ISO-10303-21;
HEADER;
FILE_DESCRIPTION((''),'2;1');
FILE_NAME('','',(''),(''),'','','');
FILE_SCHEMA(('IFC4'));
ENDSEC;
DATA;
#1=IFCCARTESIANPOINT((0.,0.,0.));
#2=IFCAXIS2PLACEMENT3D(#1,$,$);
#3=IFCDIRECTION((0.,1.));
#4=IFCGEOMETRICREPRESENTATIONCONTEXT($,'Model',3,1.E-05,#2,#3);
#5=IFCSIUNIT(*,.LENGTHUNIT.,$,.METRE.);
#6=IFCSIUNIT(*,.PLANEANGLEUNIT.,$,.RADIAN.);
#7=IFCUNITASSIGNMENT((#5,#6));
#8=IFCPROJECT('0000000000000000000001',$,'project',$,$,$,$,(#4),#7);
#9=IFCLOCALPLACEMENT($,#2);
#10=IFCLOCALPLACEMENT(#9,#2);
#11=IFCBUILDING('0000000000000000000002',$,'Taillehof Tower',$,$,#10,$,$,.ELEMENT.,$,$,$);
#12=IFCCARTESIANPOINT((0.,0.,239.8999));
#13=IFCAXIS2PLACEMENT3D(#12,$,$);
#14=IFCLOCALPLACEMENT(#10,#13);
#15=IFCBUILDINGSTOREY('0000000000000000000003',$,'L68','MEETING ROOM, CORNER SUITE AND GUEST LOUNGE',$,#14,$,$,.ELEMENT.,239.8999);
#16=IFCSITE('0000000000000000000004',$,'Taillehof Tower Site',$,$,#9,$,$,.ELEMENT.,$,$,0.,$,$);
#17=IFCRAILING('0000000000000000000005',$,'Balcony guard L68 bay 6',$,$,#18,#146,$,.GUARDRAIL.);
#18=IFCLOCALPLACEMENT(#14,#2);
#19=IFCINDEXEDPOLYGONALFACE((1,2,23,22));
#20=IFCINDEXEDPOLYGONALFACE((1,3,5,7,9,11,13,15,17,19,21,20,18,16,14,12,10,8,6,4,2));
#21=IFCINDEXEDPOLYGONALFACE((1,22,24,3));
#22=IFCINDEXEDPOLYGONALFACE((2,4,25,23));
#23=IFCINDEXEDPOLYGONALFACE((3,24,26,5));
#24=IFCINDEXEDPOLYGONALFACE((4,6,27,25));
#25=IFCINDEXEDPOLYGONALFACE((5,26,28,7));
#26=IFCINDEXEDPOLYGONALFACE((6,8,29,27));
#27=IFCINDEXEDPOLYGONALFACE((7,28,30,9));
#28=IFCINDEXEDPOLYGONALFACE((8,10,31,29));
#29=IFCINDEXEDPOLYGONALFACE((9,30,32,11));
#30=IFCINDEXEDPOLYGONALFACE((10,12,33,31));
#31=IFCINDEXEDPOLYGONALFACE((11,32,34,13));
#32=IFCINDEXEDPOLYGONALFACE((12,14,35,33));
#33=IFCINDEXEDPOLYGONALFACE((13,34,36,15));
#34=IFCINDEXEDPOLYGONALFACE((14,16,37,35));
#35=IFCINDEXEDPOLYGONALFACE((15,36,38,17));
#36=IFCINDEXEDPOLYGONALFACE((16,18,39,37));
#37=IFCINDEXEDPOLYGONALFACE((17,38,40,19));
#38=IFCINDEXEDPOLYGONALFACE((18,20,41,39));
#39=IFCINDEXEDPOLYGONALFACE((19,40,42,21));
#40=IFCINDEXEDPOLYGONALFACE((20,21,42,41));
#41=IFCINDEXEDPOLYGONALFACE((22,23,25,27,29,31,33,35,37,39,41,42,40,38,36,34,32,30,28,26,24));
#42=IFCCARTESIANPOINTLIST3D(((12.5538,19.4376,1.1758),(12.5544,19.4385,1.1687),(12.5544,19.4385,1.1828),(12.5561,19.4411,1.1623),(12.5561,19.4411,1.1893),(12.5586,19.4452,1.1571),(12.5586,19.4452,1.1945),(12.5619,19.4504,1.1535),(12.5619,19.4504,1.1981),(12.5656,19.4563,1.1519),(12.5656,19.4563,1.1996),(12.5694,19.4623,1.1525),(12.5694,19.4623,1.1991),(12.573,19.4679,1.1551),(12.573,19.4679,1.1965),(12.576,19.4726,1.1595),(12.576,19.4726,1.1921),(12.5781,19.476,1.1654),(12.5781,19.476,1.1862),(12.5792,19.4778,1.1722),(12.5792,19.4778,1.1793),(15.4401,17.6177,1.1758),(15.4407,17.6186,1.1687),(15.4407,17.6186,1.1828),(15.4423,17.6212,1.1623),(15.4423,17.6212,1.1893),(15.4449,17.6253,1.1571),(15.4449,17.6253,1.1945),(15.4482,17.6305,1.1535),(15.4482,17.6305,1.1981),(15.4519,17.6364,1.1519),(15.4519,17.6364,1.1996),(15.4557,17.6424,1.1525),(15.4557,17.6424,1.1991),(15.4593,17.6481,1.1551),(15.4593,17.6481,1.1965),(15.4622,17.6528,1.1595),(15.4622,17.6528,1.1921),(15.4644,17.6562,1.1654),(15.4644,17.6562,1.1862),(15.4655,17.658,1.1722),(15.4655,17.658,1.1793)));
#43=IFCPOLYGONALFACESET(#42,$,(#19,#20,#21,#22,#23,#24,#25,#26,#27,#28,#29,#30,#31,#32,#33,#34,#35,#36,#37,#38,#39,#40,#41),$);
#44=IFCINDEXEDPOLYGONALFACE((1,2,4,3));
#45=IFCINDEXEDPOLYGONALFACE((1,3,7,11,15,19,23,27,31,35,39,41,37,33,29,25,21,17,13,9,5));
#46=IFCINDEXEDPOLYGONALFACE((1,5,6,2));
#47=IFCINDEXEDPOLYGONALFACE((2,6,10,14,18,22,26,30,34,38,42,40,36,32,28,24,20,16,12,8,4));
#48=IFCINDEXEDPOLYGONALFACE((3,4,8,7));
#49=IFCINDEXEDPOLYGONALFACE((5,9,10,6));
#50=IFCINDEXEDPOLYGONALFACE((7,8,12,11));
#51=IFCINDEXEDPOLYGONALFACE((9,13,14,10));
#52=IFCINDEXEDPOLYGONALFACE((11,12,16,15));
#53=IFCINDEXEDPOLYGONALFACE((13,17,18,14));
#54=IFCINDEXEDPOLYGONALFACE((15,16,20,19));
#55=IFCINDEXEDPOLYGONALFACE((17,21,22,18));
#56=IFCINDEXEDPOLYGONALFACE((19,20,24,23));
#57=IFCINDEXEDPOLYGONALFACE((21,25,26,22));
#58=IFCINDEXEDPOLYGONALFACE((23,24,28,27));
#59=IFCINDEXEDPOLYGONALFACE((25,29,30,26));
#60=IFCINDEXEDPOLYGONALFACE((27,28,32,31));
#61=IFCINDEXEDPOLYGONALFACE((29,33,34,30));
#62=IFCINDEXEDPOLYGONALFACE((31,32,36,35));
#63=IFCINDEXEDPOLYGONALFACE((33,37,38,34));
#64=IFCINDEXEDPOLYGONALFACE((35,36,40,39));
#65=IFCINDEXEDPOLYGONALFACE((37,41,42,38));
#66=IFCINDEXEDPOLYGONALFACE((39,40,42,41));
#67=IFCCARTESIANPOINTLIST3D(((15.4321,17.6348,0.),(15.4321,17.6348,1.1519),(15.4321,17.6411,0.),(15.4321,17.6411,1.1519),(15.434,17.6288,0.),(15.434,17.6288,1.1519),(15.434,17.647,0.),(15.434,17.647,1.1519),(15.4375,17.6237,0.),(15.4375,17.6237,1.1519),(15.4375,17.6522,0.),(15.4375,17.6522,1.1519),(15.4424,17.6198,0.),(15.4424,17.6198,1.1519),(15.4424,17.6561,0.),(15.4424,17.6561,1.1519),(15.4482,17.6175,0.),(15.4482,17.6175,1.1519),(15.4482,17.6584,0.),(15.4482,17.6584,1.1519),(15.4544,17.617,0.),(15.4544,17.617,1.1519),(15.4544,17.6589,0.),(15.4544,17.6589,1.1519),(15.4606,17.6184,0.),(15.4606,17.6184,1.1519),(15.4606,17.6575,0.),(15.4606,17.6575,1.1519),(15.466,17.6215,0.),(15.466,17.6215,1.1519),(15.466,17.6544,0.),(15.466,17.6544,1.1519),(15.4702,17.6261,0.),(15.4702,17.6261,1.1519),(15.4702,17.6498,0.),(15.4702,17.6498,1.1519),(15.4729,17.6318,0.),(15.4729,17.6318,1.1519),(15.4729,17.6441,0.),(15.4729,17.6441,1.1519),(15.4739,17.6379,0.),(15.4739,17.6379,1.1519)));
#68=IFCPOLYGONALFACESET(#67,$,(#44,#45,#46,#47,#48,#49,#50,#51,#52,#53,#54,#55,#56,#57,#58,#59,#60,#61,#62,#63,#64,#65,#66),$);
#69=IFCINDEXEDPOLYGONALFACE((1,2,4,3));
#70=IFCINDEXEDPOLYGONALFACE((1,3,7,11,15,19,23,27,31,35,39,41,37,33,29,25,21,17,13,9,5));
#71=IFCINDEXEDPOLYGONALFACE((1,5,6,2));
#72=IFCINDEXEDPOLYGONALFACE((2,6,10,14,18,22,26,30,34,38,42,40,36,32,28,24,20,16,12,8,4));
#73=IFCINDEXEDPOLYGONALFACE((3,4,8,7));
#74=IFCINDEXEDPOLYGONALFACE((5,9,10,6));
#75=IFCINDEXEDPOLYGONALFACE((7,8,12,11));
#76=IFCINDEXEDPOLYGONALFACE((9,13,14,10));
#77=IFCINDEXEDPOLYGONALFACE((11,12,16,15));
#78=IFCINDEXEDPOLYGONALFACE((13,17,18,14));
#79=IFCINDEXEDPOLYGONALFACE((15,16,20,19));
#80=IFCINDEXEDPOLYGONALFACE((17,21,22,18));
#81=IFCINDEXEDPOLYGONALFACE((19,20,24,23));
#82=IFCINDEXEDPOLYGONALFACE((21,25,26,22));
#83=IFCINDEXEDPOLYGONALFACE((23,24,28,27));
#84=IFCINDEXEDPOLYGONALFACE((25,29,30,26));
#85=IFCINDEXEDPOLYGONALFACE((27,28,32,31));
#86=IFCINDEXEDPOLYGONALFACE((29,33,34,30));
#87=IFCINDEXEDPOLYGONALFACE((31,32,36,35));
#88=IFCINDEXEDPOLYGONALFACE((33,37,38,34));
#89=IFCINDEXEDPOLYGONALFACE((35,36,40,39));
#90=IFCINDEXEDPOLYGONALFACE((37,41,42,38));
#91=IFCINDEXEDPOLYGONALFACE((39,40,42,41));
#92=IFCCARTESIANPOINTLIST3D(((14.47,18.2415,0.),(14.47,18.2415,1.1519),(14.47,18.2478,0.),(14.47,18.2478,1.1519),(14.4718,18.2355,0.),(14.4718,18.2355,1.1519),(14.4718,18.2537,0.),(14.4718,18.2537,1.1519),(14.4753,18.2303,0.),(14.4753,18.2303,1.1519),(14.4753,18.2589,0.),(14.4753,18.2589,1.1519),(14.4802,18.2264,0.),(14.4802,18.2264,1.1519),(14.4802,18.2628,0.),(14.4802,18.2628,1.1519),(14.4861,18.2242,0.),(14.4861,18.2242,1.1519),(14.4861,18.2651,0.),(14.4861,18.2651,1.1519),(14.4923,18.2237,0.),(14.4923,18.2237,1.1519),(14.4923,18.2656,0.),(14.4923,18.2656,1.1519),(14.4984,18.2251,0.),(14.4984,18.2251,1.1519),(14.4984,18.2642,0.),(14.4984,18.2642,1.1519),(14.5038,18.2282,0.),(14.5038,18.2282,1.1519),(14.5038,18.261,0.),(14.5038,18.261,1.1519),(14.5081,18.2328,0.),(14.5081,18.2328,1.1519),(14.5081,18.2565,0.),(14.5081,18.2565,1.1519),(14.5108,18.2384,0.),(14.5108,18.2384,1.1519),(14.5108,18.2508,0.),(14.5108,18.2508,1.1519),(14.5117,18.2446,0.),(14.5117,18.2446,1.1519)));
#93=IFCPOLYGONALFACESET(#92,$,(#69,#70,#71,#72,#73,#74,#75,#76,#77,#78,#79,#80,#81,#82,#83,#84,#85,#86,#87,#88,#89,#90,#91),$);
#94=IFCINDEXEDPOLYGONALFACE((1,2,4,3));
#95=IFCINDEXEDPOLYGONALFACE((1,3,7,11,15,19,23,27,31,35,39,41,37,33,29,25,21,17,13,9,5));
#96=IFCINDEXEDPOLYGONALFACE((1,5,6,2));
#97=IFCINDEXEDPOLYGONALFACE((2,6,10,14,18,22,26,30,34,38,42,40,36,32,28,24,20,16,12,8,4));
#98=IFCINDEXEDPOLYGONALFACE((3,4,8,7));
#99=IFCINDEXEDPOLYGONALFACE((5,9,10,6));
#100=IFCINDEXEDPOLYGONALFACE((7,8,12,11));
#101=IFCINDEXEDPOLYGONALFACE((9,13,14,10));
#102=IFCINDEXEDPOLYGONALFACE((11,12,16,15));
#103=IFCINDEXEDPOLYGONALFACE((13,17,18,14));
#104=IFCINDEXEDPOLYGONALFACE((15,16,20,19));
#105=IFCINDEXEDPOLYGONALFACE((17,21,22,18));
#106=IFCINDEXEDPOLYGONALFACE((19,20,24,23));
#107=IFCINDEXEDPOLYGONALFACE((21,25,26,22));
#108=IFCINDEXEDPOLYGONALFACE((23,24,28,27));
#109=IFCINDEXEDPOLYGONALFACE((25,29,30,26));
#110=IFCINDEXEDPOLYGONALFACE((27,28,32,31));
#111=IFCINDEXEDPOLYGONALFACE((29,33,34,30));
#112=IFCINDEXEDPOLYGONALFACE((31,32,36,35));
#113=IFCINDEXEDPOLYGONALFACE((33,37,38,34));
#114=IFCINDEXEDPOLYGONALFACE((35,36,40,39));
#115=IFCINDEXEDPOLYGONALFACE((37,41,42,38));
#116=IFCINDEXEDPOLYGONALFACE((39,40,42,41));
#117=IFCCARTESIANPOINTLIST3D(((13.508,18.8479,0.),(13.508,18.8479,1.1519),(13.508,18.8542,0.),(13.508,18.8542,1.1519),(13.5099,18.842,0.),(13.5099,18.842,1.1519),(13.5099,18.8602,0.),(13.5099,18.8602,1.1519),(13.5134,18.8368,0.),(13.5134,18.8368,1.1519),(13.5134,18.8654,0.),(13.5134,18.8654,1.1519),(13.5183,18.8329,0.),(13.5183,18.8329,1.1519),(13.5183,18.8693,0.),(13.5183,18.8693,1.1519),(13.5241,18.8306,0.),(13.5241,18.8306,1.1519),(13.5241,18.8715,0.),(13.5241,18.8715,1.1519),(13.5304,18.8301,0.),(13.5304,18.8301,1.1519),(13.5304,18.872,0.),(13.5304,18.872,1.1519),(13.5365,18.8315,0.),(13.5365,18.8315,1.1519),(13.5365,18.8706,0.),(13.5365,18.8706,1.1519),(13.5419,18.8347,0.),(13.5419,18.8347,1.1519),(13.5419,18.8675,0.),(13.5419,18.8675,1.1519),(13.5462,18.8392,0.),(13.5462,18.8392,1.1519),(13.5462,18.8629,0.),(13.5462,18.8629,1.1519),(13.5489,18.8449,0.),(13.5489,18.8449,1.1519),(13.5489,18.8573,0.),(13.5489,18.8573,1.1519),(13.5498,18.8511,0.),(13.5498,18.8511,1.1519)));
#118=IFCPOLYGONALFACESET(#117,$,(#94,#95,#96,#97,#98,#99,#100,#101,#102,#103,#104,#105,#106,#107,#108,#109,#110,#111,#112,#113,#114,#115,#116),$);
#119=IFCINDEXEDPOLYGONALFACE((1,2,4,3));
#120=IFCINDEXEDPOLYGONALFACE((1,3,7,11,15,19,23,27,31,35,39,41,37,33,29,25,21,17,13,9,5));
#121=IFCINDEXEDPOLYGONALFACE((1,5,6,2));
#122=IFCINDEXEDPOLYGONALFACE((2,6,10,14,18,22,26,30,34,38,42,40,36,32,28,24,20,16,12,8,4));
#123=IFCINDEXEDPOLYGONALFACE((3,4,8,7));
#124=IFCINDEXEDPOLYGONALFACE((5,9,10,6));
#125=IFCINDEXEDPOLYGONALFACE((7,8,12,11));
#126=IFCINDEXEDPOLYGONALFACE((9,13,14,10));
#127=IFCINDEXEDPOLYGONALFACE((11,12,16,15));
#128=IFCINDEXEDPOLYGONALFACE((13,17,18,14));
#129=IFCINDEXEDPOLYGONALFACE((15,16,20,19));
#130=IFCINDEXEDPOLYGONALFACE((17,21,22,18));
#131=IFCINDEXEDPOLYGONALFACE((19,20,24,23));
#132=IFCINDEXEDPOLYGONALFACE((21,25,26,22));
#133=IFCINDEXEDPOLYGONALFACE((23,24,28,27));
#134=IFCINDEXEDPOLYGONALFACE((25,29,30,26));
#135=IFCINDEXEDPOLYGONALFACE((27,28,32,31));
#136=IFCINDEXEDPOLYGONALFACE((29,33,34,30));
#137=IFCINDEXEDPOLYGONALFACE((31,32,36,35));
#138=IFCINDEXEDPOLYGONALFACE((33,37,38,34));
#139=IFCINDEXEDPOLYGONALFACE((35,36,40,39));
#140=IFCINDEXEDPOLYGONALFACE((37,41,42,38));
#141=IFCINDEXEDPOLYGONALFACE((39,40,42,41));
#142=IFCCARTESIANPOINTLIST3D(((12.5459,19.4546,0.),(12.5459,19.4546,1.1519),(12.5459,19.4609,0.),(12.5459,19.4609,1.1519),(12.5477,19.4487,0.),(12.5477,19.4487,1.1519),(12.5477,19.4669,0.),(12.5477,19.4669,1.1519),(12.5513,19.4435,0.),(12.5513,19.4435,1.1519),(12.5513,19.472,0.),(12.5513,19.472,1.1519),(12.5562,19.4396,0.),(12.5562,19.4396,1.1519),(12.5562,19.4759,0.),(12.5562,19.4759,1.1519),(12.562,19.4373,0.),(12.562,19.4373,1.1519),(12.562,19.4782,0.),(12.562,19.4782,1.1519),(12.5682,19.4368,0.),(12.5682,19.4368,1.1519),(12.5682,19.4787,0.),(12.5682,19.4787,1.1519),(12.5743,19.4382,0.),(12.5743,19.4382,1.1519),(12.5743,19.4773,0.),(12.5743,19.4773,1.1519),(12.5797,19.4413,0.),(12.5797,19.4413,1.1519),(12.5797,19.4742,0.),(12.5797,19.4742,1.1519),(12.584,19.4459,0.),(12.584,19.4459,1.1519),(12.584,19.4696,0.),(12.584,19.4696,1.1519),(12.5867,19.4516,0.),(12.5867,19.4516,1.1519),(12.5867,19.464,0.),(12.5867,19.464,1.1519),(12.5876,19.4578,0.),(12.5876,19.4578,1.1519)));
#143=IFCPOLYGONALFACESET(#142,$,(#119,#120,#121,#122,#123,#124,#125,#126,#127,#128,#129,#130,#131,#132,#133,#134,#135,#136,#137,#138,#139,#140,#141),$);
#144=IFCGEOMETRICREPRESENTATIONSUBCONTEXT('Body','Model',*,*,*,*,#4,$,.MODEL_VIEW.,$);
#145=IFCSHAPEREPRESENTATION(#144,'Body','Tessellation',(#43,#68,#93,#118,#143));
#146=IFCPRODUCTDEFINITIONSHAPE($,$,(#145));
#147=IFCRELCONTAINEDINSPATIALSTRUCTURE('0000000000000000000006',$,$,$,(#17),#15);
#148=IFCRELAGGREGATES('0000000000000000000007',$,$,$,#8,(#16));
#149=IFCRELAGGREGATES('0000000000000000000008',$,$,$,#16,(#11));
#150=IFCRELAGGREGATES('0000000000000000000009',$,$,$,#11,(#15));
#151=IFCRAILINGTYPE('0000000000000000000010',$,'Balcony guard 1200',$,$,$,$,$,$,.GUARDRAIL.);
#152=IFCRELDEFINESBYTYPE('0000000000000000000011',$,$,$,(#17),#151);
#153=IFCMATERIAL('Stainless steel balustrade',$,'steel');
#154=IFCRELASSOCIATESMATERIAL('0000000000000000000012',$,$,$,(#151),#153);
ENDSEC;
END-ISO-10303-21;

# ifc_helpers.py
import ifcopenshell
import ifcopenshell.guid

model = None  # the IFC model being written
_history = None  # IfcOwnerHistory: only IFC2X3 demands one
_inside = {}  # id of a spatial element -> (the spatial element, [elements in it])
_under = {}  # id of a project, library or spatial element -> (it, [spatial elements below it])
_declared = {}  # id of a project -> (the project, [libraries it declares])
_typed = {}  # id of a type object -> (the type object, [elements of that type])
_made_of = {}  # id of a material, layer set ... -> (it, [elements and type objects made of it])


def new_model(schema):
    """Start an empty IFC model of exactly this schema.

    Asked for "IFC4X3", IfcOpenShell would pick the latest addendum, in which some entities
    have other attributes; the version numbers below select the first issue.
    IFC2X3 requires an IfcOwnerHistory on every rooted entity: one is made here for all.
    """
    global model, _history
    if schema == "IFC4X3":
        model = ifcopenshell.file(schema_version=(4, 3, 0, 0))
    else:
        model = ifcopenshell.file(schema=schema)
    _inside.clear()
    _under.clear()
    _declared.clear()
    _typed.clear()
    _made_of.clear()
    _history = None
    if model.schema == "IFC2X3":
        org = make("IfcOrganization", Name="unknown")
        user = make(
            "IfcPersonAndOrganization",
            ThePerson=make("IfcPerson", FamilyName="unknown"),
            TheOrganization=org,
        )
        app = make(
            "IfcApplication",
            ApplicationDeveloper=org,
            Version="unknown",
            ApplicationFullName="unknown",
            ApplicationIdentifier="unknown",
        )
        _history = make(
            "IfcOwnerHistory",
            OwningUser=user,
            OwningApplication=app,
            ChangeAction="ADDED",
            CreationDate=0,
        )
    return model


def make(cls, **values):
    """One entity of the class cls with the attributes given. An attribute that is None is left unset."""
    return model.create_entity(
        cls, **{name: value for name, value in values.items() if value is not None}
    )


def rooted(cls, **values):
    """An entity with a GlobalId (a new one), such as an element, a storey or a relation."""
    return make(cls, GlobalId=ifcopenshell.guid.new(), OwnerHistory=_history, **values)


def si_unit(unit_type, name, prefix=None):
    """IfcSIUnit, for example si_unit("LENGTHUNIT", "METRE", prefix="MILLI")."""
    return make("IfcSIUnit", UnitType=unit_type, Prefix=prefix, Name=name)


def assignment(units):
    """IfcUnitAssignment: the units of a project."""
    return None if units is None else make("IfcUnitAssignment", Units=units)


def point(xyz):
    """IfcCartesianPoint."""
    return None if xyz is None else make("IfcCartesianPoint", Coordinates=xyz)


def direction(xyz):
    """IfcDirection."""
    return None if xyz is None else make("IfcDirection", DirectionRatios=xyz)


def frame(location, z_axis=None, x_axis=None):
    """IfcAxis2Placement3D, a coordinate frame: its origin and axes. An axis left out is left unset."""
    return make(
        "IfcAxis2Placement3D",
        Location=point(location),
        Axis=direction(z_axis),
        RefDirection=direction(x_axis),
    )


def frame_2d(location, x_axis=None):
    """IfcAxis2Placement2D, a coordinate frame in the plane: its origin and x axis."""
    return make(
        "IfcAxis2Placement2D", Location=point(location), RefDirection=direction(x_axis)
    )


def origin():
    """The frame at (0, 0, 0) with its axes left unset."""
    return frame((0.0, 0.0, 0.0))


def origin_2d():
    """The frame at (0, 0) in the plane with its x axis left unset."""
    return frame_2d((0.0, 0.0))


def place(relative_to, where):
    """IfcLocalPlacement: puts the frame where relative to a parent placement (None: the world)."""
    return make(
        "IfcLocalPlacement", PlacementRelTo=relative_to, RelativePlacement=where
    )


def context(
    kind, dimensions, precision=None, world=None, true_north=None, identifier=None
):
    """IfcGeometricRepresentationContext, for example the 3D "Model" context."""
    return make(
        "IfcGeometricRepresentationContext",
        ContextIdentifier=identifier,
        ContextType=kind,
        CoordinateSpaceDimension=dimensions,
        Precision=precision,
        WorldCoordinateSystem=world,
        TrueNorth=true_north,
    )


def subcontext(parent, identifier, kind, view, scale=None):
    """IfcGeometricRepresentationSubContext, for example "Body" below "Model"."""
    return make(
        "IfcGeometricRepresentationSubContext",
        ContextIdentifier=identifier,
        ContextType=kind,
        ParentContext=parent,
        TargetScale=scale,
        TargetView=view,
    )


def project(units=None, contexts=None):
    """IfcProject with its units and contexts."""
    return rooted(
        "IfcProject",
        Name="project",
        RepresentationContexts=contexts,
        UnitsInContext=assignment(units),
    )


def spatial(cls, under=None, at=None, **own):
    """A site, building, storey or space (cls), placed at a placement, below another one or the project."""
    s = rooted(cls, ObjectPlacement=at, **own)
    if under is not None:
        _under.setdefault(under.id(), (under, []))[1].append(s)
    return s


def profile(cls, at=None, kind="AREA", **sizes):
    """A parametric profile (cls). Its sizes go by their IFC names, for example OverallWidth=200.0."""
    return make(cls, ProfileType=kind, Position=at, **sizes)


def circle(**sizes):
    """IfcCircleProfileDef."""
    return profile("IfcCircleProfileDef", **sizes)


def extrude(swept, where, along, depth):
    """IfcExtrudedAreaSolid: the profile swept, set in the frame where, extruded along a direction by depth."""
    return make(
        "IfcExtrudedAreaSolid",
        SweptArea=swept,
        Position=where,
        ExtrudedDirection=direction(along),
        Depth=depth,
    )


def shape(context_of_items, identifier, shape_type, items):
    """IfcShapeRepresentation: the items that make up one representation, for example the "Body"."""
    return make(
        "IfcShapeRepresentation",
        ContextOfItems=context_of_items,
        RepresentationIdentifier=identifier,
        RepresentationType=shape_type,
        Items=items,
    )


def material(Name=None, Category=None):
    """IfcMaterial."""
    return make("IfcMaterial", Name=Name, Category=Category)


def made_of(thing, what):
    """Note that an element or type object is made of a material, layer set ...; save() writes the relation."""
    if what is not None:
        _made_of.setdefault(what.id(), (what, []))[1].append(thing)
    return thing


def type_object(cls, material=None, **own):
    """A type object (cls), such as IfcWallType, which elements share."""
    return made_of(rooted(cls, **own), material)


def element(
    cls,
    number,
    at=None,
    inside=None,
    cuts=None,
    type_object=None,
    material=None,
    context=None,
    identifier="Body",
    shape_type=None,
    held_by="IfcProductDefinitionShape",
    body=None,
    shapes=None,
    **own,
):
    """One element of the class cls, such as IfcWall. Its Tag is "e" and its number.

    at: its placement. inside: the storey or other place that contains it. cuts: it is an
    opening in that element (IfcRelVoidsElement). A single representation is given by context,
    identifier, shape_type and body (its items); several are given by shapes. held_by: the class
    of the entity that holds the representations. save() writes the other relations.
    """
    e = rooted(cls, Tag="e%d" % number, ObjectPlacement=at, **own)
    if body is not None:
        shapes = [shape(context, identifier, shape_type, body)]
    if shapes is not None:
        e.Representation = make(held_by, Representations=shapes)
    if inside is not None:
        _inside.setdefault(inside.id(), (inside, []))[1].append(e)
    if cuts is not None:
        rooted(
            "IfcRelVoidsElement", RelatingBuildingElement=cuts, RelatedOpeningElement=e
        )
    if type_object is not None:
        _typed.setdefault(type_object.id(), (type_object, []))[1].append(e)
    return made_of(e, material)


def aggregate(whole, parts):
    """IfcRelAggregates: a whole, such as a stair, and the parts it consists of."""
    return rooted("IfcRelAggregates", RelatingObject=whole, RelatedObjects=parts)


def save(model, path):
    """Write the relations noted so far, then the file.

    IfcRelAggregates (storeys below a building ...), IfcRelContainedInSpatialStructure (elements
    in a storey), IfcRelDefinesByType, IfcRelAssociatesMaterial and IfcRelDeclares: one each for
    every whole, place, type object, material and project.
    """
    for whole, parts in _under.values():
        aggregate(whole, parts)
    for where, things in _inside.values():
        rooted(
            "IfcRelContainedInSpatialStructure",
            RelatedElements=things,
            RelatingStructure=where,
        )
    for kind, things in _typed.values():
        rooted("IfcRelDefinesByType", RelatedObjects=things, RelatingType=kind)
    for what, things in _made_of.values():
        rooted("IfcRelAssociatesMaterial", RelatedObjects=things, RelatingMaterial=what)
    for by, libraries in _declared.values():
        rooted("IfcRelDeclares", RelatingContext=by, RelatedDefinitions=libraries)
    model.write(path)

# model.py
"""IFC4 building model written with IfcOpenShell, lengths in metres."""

from ifc_helpers import new_model, si_unit, direction, frame, origin, origin_2d, place, context, subcontext, project, spatial, circle, extrude, material, type_object, element, save


model = new_model("IFC4")

# Units and contexts
model_context = context("Model", 3, precision=1e-05, world=origin(), true_north=direction((0.0, 1.0)))
body_context = subcontext(model_context, "Body", "Model", "MODEL_VIEW")
ifc_project = project(units=[si_unit("LENGTHUNIT", "METRE"), si_unit("PLANEANGLEUNIT", "RADIAN")], contexts=[model_context])

# Site, building, storey
site_placement = place(None, origin())
site = spatial("IfcSite", under=ifc_project, at=site_placement, Name="Taillehof Tower Site", CompositionType="ELEMENT", RefElevation=0.0)
building_placement = place(site_placement, origin())
building = spatial("IfcBuilding", under=site, at=building_placement, Name="Taillehof Tower", CompositionType="ELEMENT")
storey_placement = place(building_placement, frame((0.0, 0.0, 239.8999)))
storey = spatial("IfcBuildingStorey", under=building, at=storey_placement, Name="L68", Description="MEETING ROOM, CORNER SUITE AND GUEST LOUNGE", CompositionType="ELEMENT", Elevation=239.8999)

# Railing
ifc_material_1 = material(Name="Stainless steel balustrade", Category="steel")
railing_type = type_object("IfcRailingType", Name="Balcony guard 1200", PredefinedType="GUARDRAIL", material=ifc_material_1)
railing_1_placement = place(storey_placement, frame((15.4529, 17.6379, 0.0)))
element("IfcRailing", 1, at=railing_1_placement, inside=storey, type_object=railing_type, Name="Balcony guard L68 bay 6", PredefinedType="GUARDRAIL", context=body_context, shape_type="SweptSolid", body=[
    extrude(circle(Radius=0.0239, at=origin_2d()), frame((0.0, 0.0, 1.1758), z_axis=(-0.845893, 0.533352, 0.0), x_axis=(-0.533352, -0.845893, 0.0)), (0.0, 0.0, 1.0), 3.4121),
    extrude(circle(Radius=0.021, at=origin_2d()), origin(), (0.0, 0.0, 1.0), 1.1519),
    extrude(circle(Radius=0.021, at=origin_2d()), frame((-0.9622, 0.6067, 0.0)), (0.0, 0.0, 1.0), 1.1519),
    extrude(circle(Radius=0.021, at=origin_2d()), frame((-1.9241, 1.2131, 0.0)), (0.0, 0.0, 1.0), 1.1519),
    extrude(circle(Radius=0.021, at=origin_2d()), frame((-2.8862, 1.8198, 0.0)), (0.0, 0.0, 1.0), 1.1519),
])

save(model, "model.ifc")
